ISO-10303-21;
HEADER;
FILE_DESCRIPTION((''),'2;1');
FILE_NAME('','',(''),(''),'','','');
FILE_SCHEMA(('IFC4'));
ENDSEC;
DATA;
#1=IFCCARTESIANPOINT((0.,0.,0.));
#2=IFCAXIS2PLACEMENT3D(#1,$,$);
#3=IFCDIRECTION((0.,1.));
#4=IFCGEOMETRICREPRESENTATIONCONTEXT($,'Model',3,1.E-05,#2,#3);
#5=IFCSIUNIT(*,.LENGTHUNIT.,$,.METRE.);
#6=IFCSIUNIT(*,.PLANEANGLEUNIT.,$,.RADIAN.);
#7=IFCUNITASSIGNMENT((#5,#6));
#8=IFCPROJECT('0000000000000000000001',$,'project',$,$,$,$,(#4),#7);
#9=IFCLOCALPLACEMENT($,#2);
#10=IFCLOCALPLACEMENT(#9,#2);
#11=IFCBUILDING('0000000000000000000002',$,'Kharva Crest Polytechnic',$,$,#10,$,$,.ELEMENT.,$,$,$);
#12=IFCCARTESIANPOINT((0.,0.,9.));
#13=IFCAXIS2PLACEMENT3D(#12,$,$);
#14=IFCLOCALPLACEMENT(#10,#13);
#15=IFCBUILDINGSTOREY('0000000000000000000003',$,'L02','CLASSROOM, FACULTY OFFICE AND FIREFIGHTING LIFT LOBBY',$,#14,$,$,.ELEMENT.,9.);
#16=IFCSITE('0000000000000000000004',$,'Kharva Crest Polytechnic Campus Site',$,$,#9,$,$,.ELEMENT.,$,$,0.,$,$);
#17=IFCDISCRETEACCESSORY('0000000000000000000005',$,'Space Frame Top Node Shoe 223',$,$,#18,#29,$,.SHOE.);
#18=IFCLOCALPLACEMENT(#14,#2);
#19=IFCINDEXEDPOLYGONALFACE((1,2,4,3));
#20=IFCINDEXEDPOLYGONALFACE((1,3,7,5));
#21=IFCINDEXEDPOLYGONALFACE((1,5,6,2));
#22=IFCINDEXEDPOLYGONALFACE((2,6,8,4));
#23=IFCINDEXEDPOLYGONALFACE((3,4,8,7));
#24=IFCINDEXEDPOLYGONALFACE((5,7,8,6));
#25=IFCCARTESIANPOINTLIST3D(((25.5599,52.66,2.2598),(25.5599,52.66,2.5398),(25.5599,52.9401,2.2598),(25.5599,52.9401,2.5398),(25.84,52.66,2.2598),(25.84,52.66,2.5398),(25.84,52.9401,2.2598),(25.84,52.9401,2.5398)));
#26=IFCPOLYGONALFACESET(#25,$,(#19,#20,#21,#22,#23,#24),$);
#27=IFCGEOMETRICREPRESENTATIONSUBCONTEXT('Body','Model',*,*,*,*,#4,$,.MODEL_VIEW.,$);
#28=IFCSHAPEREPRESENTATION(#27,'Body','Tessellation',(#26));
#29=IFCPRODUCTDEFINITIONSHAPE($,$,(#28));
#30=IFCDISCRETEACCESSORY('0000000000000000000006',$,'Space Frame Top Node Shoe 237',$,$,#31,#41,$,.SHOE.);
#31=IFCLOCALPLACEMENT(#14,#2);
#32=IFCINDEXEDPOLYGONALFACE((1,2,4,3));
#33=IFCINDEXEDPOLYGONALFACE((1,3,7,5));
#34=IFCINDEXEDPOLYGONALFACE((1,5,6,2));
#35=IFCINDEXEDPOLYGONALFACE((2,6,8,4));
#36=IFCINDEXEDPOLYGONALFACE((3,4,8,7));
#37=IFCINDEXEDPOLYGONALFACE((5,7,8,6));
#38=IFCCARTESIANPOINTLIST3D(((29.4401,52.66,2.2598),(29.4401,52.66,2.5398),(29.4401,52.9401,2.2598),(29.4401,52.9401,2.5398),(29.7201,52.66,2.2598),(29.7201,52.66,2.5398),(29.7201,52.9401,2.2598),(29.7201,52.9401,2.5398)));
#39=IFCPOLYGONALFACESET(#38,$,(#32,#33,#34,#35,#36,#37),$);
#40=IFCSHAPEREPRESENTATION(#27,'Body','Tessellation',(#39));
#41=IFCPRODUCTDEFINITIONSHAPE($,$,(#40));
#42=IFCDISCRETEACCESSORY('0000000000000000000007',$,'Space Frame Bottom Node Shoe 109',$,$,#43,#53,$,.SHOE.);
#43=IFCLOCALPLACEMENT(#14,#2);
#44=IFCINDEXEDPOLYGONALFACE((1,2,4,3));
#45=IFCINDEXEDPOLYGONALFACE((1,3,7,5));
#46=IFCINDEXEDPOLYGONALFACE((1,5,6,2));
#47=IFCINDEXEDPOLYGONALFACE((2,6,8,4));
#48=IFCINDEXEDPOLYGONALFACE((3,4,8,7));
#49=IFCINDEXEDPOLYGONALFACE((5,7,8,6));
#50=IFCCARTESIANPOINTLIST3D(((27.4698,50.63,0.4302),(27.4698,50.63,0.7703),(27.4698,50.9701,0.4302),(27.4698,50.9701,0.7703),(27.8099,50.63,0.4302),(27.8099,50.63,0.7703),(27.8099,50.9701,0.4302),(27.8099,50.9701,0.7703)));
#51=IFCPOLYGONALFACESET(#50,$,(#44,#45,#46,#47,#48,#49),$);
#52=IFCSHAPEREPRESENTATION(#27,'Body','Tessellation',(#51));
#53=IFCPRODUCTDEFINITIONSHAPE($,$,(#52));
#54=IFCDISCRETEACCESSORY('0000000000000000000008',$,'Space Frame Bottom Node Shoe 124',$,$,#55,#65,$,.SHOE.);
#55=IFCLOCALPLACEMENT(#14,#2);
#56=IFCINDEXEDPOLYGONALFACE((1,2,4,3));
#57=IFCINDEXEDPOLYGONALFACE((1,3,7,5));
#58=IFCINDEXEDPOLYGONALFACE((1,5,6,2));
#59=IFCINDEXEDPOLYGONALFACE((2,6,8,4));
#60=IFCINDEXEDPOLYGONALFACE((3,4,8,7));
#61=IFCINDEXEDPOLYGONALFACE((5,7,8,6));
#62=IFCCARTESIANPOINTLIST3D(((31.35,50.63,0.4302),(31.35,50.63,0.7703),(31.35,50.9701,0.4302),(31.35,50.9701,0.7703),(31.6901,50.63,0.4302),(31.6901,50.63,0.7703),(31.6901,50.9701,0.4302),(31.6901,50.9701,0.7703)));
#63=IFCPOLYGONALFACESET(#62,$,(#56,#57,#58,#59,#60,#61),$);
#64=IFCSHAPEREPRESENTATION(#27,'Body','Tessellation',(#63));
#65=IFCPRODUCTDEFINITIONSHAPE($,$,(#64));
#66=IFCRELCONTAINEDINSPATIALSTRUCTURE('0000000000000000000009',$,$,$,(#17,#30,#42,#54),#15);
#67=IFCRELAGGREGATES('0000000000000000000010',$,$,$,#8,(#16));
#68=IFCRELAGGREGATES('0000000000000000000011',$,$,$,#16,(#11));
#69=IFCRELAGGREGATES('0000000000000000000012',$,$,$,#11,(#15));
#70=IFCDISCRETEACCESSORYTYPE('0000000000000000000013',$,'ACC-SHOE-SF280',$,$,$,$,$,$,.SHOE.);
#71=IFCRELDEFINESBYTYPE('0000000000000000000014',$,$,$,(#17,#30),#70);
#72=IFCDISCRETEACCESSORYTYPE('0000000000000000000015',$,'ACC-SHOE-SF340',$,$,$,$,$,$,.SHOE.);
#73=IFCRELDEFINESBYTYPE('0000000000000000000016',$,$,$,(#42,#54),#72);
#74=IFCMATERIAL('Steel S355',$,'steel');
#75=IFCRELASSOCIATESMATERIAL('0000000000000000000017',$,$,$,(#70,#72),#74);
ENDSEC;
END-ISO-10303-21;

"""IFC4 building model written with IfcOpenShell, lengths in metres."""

from ifc_helpers import new_model, si_unit, direction, frame, origin, origin_2d, place, context, subcontext, project, spatial, rectangle, extrude, material, type_object, element, save


model = new_model("IFC4")

# Units and contexts
model_context = context("Model", 3, precision=1e-05, world=origin(), true_north=direction((0.0, 1.0)))
body_context = subcontext(model_context, "Body", "Model", "MODEL_VIEW")
ifc_project = project(units=[si_unit("LENGTHUNIT", "METRE"), si_unit("PLANEANGLEUNIT", "RADIAN")], contexts=[model_context])

# Site, building, storey
site_placement = place(None, origin())
site = spatial("IfcSite", under=ifc_project, at=site_placement, Name="Kharva Crest Polytechnic Campus Site", CompositionType="ELEMENT", RefElevation=0.0)
building_placement = place(site_placement, origin())
building = spatial("IfcBuilding", under=site, at=building_placement, Name="Kharva Crest Polytechnic", CompositionType="ELEMENT")
storey_placement = place(building_placement, frame((0.0, 0.0, 9.0)))
storey = spatial("IfcBuildingStorey", under=building, at=storey_placement, Name="L02", Description="CLASSROOM, FACULTY OFFICE AND FIREFIGHTING LIFT LOBBY", CompositionType="ELEMENT", Elevation=9.0)

# Shared definitions
ifc_material_1 = material(Name="Steel S355", Category="steel")

# Discrete accessories
discrete_accessory_type_1 = type_object("IfcDiscreteAccessoryType", Name="ACC-SHOE-SF280", PredefinedType="SHOE", material=ifc_material_1)
for number, where, z_axis, x_axis, name in (
    (1, (25.7, 52.8, 2.2598), (0.0, 0.0, 1.0), (1.0, 0.0, 0.0), "Space Frame Top Node Shoe 223"),
    (2, (29.5801, 52.8, 2.2598), (0.0, 0.0, 1.0), (1.0, 0.0, 0.0), "Space Frame Top Node Shoe 237"),
):
    element("IfcDiscreteAccessory", number, at=place(storey_placement, frame(where, z_axis=z_axis, x_axis=x_axis)), inside=storey, type_object=discrete_accessory_type_1, Name=name, PredefinedType="SHOE", context=body_context, shape_type="SweptSolid", body=[
        extrude(rectangle(XDim=0.28, YDim=0.28, at=origin_2d()), origin(), (0.0, 0.0, 1.0), 0.28),
    ])
discrete_accessory_type_2 = type_object("IfcDiscreteAccessoryType", Name="ACC-SHOE-SF340", PredefinedType="SHOE", material=ifc_material_1)
for number, where, z_axis, x_axis, name in (
    (3, (27.6399, 50.8, 0.4302), (0.0, 0.0, 1.0), (1.0, 0.0, 0.0), "Space Frame Bottom Node Shoe 109"),
    (4, (31.52, 50.8, 0.4302), (0.0, 0.0, 1.0), (1.0, 0.0, 0.0), "Space Frame Bottom Node Shoe 124"),
):
    element("IfcDiscreteAccessory", number, at=place(storey_placement, frame(where, z_axis=z_axis, x_axis=x_axis)), inside=storey, type_object=discrete_accessory_type_2, Name=name, PredefinedType="SHOE", context=body_context, shape_type="SweptSolid", body=[
        extrude(rectangle(XDim=0.3401, YDim=0.3401, at=origin_2d()), origin(), (0.0, 0.0, 1.0), 0.3401),
    ])

save(model, "model.ifc")
